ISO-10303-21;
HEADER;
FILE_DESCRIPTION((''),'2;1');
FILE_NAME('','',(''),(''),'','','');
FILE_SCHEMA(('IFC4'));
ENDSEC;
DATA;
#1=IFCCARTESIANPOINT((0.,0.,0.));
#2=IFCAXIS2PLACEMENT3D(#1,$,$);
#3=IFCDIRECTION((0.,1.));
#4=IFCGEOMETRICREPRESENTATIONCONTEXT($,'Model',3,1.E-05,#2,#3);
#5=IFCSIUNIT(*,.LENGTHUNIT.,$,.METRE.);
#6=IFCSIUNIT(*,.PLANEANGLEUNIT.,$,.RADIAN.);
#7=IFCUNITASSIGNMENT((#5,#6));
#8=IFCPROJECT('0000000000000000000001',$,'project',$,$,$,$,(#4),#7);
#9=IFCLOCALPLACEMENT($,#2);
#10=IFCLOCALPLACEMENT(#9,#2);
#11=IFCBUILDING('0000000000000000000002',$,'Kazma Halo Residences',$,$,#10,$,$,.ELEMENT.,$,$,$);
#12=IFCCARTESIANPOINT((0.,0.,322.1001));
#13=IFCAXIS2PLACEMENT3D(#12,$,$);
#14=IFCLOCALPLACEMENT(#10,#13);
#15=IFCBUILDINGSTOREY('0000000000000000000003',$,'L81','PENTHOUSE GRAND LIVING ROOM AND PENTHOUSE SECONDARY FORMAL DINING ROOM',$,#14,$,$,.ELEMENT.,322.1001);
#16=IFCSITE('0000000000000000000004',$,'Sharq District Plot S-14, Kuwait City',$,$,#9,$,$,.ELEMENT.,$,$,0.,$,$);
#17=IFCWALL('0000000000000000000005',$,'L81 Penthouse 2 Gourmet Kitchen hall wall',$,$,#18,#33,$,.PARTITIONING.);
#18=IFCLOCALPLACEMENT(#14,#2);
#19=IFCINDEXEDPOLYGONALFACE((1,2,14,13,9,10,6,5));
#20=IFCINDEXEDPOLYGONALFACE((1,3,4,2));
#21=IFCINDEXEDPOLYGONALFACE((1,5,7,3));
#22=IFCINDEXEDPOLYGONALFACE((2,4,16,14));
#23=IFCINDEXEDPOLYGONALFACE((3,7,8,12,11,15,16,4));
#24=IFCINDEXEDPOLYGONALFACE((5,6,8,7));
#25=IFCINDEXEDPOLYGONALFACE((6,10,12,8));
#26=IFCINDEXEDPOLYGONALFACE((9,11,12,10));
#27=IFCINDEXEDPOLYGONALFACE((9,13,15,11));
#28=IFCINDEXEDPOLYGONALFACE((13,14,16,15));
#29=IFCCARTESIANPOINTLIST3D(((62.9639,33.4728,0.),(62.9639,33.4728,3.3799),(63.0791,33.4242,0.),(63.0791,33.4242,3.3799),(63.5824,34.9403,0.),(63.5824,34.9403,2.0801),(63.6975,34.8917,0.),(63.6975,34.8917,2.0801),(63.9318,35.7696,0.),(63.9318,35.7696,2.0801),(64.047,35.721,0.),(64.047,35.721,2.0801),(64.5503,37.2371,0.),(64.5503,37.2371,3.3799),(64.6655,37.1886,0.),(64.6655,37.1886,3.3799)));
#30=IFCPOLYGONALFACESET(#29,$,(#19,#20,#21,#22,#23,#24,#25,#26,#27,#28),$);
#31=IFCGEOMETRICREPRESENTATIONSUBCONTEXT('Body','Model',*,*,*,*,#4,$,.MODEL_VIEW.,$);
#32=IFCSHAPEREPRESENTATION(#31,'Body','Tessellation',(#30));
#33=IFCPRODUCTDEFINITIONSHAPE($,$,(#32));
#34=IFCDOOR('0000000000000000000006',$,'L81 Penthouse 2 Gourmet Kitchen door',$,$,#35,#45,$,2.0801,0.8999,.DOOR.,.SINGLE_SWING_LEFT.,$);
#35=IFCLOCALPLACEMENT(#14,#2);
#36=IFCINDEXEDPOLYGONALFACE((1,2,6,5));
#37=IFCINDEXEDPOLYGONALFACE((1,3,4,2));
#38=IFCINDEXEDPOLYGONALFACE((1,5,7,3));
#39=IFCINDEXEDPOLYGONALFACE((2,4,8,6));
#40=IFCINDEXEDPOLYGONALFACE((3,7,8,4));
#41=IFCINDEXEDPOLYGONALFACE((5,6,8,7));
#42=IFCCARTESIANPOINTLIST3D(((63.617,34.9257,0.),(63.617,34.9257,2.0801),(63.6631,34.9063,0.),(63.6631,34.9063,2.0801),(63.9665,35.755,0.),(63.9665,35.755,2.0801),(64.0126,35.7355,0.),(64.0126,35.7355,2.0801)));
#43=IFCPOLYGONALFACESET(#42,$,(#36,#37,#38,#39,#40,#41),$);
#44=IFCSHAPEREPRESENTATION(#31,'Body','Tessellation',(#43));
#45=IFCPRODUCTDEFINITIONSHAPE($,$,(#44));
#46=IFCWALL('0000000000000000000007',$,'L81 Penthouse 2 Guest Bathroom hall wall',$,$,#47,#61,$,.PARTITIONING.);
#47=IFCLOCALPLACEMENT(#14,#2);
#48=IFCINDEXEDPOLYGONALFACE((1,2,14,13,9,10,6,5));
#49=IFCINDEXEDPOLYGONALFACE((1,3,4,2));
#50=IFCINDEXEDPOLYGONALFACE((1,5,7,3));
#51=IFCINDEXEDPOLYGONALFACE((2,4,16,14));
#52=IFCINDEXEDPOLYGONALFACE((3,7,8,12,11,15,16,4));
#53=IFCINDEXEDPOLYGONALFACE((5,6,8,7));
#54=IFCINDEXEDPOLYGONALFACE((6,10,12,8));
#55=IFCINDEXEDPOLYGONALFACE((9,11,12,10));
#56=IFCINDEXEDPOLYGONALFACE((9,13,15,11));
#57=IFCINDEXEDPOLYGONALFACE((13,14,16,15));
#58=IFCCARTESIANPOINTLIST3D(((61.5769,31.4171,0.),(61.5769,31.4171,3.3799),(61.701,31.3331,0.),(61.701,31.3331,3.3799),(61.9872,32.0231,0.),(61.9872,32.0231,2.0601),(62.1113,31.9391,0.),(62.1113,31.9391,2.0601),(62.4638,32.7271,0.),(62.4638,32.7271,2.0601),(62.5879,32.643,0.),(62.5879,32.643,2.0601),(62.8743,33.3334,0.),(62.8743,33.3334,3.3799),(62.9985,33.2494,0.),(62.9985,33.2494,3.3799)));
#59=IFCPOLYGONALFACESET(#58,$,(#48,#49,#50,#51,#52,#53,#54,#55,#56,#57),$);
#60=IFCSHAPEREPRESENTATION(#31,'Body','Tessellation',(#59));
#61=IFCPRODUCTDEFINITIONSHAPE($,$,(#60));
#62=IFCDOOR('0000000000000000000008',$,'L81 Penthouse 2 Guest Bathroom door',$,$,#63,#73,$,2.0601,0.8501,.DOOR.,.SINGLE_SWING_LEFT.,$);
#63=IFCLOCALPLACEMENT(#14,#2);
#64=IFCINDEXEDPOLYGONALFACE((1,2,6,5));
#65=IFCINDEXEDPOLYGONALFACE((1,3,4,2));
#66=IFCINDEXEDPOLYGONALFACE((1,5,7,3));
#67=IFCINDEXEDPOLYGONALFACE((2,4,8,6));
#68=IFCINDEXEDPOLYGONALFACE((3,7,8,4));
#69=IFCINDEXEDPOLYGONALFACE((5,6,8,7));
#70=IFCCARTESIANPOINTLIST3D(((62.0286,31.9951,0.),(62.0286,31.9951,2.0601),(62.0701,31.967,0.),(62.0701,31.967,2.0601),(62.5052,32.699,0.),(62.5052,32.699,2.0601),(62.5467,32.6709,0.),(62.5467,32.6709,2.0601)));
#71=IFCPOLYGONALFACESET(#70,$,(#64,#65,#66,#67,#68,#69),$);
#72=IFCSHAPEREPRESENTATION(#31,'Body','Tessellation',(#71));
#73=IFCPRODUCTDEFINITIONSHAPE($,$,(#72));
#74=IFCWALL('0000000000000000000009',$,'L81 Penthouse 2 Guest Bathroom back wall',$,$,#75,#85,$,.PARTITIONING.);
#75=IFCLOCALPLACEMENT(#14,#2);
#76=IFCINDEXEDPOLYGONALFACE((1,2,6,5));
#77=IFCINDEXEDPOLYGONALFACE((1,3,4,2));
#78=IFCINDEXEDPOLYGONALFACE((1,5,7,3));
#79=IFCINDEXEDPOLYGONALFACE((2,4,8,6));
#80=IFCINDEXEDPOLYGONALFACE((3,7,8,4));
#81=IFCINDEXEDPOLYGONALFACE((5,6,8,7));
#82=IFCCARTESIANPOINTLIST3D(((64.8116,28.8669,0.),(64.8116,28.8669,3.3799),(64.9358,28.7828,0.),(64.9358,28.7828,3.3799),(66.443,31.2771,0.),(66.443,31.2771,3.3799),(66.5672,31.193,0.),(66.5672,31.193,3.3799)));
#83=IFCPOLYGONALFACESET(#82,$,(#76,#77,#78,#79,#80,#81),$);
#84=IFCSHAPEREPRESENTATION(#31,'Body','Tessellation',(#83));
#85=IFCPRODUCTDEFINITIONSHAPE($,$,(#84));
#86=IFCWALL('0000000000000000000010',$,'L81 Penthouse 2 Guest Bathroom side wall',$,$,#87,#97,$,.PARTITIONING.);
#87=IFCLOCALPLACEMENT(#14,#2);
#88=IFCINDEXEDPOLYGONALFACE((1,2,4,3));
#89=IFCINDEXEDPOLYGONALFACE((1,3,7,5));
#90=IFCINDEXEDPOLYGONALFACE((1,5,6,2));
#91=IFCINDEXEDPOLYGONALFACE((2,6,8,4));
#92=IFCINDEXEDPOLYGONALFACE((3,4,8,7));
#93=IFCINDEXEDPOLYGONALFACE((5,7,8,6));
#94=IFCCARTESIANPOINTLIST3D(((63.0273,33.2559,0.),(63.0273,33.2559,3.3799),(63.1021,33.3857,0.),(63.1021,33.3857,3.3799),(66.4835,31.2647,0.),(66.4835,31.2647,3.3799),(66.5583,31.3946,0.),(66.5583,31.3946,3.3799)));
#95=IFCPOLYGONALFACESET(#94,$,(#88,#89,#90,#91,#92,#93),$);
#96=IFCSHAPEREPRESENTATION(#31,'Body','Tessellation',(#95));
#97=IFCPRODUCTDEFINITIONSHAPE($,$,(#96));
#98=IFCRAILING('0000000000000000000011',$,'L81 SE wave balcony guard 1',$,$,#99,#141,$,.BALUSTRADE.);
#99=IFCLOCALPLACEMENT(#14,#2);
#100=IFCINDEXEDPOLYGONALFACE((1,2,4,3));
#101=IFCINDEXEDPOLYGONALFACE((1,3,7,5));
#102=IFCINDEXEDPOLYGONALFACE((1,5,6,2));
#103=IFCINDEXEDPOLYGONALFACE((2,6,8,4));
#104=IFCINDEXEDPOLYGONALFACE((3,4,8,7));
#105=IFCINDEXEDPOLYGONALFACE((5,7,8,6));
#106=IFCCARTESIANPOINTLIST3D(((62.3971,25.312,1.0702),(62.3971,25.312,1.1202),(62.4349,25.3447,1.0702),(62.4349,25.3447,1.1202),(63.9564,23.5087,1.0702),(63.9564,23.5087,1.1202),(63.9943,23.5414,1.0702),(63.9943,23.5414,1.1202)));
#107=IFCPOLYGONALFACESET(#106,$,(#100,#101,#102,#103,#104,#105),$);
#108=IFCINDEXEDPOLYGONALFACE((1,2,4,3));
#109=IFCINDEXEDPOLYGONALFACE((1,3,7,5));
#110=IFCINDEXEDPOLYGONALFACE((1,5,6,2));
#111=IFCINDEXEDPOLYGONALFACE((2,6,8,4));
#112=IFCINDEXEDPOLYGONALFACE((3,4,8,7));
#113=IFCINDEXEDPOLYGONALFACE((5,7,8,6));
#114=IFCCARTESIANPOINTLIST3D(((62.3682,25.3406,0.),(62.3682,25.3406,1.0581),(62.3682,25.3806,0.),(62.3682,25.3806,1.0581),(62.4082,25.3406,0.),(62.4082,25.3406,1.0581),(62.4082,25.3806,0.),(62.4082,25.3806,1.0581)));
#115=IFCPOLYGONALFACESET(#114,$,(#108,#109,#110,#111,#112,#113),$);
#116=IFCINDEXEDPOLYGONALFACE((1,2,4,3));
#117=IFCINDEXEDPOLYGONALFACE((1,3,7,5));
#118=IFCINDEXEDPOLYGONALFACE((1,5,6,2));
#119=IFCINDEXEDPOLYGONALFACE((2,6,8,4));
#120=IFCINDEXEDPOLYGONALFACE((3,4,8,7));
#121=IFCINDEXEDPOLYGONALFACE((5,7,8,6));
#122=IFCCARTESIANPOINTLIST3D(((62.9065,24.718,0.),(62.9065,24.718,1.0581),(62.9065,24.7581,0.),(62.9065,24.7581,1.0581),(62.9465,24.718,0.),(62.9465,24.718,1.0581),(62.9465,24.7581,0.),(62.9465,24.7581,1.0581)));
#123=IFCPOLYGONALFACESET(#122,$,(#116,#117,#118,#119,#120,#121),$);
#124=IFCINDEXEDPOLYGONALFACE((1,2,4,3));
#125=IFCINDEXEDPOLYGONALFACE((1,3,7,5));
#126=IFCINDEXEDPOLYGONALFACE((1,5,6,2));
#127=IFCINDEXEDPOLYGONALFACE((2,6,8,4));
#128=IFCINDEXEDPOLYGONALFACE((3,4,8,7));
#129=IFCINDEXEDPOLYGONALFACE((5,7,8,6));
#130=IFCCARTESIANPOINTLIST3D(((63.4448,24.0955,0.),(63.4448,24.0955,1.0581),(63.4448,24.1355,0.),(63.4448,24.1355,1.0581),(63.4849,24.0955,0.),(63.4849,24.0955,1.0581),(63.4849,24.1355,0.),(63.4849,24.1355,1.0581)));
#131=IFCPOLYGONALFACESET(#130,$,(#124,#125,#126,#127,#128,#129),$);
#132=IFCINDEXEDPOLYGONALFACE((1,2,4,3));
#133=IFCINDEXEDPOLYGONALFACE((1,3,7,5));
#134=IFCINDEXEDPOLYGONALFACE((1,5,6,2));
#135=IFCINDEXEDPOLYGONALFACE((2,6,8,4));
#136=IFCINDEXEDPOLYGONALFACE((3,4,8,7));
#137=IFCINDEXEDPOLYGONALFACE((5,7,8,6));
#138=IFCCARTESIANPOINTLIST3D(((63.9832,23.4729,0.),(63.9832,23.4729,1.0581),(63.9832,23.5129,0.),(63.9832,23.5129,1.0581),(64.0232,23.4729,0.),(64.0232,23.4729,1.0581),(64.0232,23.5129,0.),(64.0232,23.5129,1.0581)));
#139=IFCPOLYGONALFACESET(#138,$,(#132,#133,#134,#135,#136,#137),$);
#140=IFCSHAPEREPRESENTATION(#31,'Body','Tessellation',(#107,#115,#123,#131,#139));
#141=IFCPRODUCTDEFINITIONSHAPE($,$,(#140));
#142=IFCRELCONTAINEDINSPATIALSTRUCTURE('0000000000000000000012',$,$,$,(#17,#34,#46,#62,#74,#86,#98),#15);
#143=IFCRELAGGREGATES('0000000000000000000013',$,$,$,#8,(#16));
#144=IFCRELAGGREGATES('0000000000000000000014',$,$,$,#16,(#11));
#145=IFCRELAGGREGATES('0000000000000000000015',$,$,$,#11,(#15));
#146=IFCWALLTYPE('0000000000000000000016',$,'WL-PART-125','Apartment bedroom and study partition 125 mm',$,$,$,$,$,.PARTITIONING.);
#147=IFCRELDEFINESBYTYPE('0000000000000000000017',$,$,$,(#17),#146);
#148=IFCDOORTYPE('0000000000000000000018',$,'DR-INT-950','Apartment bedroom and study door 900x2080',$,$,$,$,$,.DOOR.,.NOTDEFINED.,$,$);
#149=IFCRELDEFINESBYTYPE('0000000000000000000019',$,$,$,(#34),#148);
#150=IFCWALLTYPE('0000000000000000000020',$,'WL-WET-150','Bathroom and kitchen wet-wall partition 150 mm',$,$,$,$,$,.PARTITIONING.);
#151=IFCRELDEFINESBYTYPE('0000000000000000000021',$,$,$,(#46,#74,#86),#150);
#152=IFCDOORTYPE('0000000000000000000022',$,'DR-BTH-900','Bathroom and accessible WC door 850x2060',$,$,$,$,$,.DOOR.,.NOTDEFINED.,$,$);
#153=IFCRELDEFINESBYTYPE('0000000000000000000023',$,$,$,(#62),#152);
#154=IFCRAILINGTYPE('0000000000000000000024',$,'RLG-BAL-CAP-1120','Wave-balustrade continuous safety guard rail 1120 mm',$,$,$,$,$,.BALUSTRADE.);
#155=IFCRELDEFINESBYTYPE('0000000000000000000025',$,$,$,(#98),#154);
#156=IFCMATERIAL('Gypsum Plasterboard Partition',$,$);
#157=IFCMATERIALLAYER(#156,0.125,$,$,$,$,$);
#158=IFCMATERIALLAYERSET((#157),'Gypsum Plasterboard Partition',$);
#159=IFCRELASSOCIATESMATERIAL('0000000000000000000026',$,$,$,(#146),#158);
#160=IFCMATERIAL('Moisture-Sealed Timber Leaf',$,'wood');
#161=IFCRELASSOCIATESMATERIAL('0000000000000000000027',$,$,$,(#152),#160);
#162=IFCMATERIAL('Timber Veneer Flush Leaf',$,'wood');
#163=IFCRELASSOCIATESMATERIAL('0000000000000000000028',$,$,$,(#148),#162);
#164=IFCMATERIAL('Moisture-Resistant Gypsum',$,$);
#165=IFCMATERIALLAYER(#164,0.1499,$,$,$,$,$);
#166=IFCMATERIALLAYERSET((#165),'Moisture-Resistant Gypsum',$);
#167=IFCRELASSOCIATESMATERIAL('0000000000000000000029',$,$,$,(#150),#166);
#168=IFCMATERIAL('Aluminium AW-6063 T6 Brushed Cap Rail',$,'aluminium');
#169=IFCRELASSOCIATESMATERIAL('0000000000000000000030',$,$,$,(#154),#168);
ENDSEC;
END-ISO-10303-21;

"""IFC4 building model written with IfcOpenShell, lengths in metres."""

from ifc_helpers import new_model, si_unit, direction, frame, frame_2d, origin, origin_2d, place, context, subcontext, project, spatial, rectangle, extrude, material, layer, layer_set, type_object, element, fill, save


model = new_model("IFC4")

# Units and contexts
model_context = context("Model", 3, precision=1e-05, world=origin(), true_north=direction((0.0, 1.0)))
body_context = subcontext(model_context, "Body", "Model", "MODEL_VIEW")
ifc_project = project(units=[si_unit("LENGTHUNIT", "METRE"), si_unit("PLANEANGLEUNIT", "RADIAN")], contexts=[model_context])

# Site, building, storey
site_placement = place(None, origin())
site = spatial("IfcSite", under=ifc_project, at=site_placement, Name="Sharq District Plot S-14, Kuwait City", CompositionType="ELEMENT", RefElevation=0.0)
building_placement = place(site_placement, origin())
building = spatial("IfcBuilding", under=site, at=building_placement, Name="Kazma Halo Residences", CompositionType="ELEMENT")
storey_placement = place(building_placement, frame((0.0, 0.0, 322.1001)))
storey = spatial("IfcBuildingStorey", under=building, at=storey_placement, Name="L81", Description="PENTHOUSE GRAND LIVING ROOM AND PENTHOUSE SECONDARY FORMAL DINING ROOM", CompositionType="ELEMENT", Elevation=322.1001)

# Shared definitions
ifc_material_1 = material(Name="Gypsum Plasterboard Partition")
ifc_layer_1 = layer(ifc_material_1, 0.125)
ifc_layer_set_1 = layer_set([ifc_layer_1], Name="Gypsum Plasterboard Partition")
wall_type_1 = type_object("IfcWallType", Name="WL-PART-125", Description="Apartment bedroom and study partition 125 mm", PredefinedType="PARTITIONING", material=ifc_layer_set_1)

# Walls, openings, doors
ifc_material_2 = material(Name="Moisture-Sealed Timber Leaf", Category="wood")
door_type_1 = type_object("IfcDoorType", Name="DR-BTH-900", Description="Bathroom and accessible WC door 850x2060", OperationType="NOTDEFINED", PredefinedType="DOOR", material=ifc_material_2)
wall_1_placement = place(storey_placement, frame((63.0215, 33.4485, 0.0), z_axis=(0.0, 0.0, 1.0), x_axis=(0.388351, 0.921512, 0.0)))
wall_1 = element("IfcWall", 1, at=wall_1_placement, inside=storey, type_object=wall_type_1, Name="L81 Penthouse 2 Gourmet Kitchen hall wall", PredefinedType="PARTITIONING", context=body_context, shape_type="SweptSolid", body=[
    extrude(rectangle(XDim=4.085, YDim=0.125, at=frame_2d((2.0425, 0.0))), origin(), (0.0, 0.0, 1.0), 3.3799),
])
opening_1_placement = place(wall_1_placement, frame((1.5925, 0.0, 0.0)))
opening_1 = element("IfcOpeningElement", 2, at=opening_1_placement, cuts=wall_1, PredefinedType="OPENING", context=body_context, shape_type="SweptSolid", body=[
    extrude(rectangle(XDim=0.8999, YDim=2.0801, at=frame_2d((0.45, 1.04))), frame((0.0, 0.0725, 0.0), z_axis=(0.0, -1.0, 0.0), x_axis=(1.0, 0.0, 0.0)), (0.0, 0.0, 1.0), 0.145),
])
ifc_material_3 = material(Name="Timber Veneer Flush Leaf", Category="wood")
door_type_2 = type_object("IfcDoorType", Name="DR-INT-950", Description="Apartment bedroom and study door 900x2080", OperationType="NOTDEFINED", PredefinedType="DOOR", material=ifc_material_3)
door_1_placement = place(opening_1_placement, origin())
door_1 = element("IfcDoor", 3, at=door_1_placement, inside=storey, type_object=door_type_2, Name="L81 Penthouse 2 Gourmet Kitchen door", OperationType="SINGLE_SWING_LEFT", OverallHeight=2.0801, OverallWidth=0.8999, PredefinedType="DOOR", context=body_context, shape_type="SweptSolid", body=[
    extrude(rectangle(XDim=0.8999, YDim=2.0801, at=frame_2d((0.45, 1.04))), frame((0.0, 0.0249, 0.0), z_axis=(0.0, -1.0, 0.0), x_axis=(1.0, 0.0, 0.0)), (0.0, 0.0, 1.0), 0.05),
])
fill(opening_1, door_1)
ifc_material_4 = material(Name="Moisture-Resistant Gypsum")
ifc_layer_2 = layer(ifc_material_4, 0.1499)
ifc_layer_set_2 = layer_set([ifc_layer_2], Name="Moisture-Resistant Gypsum")
wall_type_2 = type_object("IfcWallType", Name="WL-WET-150", Description="Bathroom and kitchen wet-wall partition 150 mm", PredefinedType="PARTITIONING", material=ifc_layer_set_2)
wall_2_placement = place(storey_placement, frame((61.6389, 31.375, 0.0), z_axis=(0.0, 0.0, 1.0), x_axis=(0.560627, 0.828069, 0.0)))
wall_2 = element("IfcWall", 4, at=wall_2_placement, inside=storey, type_object=wall_type_2, Name="L81 Penthouse 2 Guest Bathroom hall wall", PredefinedType="PARTITIONING", context=body_context, shape_type="SweptSolid", body=[
    extrude(rectangle(XDim=2.3142, YDim=0.1499, at=frame_2d((1.1572, 0.0))), origin(), (0.0, 0.0, 1.0), 3.3799),
])
opening_2_placement = place(wall_2_placement, frame((0.7319, 0.0, 0.0)))
opening_2 = element("IfcOpeningElement", 5, at=opening_2_placement, cuts=wall_2, PredefinedType="OPENING", context=body_context, shape_type="SweptSolid", body=[
    extrude(rectangle(XDim=0.8501, YDim=2.0601, at=frame_2d((0.425, 1.03))), frame((0.0, 0.085, 0.0), z_axis=(0.0, -1.0, 0.0), x_axis=(1.0, 0.0, 0.0)), (0.0, 0.0, 1.0), 0.1699),
])
door_2_placement = place(opening_2_placement, origin())
door_2 = element("IfcDoor", 6, at=door_2_placement, inside=storey, type_object=door_type_1, Name="L81 Penthouse 2 Guest Bathroom door", OperationType="SINGLE_SWING_LEFT", OverallHeight=2.0601, OverallWidth=0.8501, PredefinedType="DOOR", context=body_context, shape_type="SweptSolid", body=[
    extrude(rectangle(XDim=0.8501, YDim=2.0601, at=frame_2d((0.425, 1.03))), frame((0.0, 0.0249, 0.0), z_axis=(0.0, -1.0, 0.0), x_axis=(1.0, 0.0, 0.0)), (0.0, 0.0, 1.0), 0.05),
])
fill(opening_2, door_2)

# Walls
wall_3_placement = place(storey_placement, frame((64.8738, 28.825, 0.0), z_axis=(0.0, 0.0, 1.0), x_axis=(0.560533, 0.828132, 0.0)))
element("IfcWall", 7, at=wall_3_placement, inside=storey, type_object=wall_type_2, Name="L81 Penthouse 2 Guest Bathroom back wall", PredefinedType="PARTITIONING", context=body_context, shape_type="SweptSolid", body=[
    extrude(rectangle(XDim=2.9104, YDim=0.1499, at=frame_2d((1.4551, 0.0))), origin(), (0.0, 0.0, 1.0), 3.3799),
])
wall_4_placement = place(storey_placement, frame((63.0647, 33.3208, 0.0), z_axis=(0.0, 0.0, 1.0), x_axis=(0.86649, -0.499194, 0.0)))
element("IfcWall", 8, at=wall_4_placement, inside=storey, type_object=wall_type_2, Name="L81 Penthouse 2 Guest Bathroom side wall", PredefinedType="PARTITIONING", context=body_context, shape_type="SweptSolid", body=[
    extrude(rectangle(XDim=3.9888, YDim=0.1499, at=frame_2d((1.9944, 0.0))), origin(), (0.0, 0.0, 1.0), 3.3799),
])

# Railing
ifc_material_5 = material(Name="Aluminium AW-6063 T6 Brushed Cap Rail", Category="aluminium")
railing_type = type_object("IfcRailingType", Name="RLG-BAL-CAP-1120", Description="Wave-balustrade continuous safety guard rail 1120 mm", PredefinedType="BALUSTRADE", material=ifc_material_5)
railing_1_placement = place(storey_placement, frame((62.3882, 25.3606, 0.0)))
element("IfcRailing", 9, at=railing_1_placement, inside=storey, type_object=railing_type, Name="L81 SE wave balcony guard 1", PredefinedType="BALUSTRADE", context=body_context, shape_type="SweptSolid", body=[
    extrude(rectangle(XDim=0.05, YDim=0.05, at=origin_2d()), frame((0.0278, -0.0322, 1.0952), z_axis=(0.654083, -0.756423, 0.0), x_axis=(0.756423, 0.654083, 0.0)), (0.0, 0.0, 1.0), 2.384),
    extrude(rectangle(XDim=0.04, YDim=0.04, at=origin_2d()), origin(), (0.0, 0.0, 1.0), 1.0581),
    extrude(rectangle(XDim=0.04, YDim=0.04, at=origin_2d()), frame((0.5383, -0.6226, 0.0)), (0.0, 0.0, 1.0), 1.0581),
    extrude(rectangle(XDim=0.04, YDim=0.04, at=origin_2d()), frame((1.0767, -1.2451, 0.0)), (0.0, 0.0, 1.0), 1.0581),
    extrude(rectangle(XDim=0.04, YDim=0.04, at=origin_2d()), frame((1.615, -1.8677, 0.0)), (0.0, 0.0, 1.0), 1.0581),
])

save(model, "model.ifc")
